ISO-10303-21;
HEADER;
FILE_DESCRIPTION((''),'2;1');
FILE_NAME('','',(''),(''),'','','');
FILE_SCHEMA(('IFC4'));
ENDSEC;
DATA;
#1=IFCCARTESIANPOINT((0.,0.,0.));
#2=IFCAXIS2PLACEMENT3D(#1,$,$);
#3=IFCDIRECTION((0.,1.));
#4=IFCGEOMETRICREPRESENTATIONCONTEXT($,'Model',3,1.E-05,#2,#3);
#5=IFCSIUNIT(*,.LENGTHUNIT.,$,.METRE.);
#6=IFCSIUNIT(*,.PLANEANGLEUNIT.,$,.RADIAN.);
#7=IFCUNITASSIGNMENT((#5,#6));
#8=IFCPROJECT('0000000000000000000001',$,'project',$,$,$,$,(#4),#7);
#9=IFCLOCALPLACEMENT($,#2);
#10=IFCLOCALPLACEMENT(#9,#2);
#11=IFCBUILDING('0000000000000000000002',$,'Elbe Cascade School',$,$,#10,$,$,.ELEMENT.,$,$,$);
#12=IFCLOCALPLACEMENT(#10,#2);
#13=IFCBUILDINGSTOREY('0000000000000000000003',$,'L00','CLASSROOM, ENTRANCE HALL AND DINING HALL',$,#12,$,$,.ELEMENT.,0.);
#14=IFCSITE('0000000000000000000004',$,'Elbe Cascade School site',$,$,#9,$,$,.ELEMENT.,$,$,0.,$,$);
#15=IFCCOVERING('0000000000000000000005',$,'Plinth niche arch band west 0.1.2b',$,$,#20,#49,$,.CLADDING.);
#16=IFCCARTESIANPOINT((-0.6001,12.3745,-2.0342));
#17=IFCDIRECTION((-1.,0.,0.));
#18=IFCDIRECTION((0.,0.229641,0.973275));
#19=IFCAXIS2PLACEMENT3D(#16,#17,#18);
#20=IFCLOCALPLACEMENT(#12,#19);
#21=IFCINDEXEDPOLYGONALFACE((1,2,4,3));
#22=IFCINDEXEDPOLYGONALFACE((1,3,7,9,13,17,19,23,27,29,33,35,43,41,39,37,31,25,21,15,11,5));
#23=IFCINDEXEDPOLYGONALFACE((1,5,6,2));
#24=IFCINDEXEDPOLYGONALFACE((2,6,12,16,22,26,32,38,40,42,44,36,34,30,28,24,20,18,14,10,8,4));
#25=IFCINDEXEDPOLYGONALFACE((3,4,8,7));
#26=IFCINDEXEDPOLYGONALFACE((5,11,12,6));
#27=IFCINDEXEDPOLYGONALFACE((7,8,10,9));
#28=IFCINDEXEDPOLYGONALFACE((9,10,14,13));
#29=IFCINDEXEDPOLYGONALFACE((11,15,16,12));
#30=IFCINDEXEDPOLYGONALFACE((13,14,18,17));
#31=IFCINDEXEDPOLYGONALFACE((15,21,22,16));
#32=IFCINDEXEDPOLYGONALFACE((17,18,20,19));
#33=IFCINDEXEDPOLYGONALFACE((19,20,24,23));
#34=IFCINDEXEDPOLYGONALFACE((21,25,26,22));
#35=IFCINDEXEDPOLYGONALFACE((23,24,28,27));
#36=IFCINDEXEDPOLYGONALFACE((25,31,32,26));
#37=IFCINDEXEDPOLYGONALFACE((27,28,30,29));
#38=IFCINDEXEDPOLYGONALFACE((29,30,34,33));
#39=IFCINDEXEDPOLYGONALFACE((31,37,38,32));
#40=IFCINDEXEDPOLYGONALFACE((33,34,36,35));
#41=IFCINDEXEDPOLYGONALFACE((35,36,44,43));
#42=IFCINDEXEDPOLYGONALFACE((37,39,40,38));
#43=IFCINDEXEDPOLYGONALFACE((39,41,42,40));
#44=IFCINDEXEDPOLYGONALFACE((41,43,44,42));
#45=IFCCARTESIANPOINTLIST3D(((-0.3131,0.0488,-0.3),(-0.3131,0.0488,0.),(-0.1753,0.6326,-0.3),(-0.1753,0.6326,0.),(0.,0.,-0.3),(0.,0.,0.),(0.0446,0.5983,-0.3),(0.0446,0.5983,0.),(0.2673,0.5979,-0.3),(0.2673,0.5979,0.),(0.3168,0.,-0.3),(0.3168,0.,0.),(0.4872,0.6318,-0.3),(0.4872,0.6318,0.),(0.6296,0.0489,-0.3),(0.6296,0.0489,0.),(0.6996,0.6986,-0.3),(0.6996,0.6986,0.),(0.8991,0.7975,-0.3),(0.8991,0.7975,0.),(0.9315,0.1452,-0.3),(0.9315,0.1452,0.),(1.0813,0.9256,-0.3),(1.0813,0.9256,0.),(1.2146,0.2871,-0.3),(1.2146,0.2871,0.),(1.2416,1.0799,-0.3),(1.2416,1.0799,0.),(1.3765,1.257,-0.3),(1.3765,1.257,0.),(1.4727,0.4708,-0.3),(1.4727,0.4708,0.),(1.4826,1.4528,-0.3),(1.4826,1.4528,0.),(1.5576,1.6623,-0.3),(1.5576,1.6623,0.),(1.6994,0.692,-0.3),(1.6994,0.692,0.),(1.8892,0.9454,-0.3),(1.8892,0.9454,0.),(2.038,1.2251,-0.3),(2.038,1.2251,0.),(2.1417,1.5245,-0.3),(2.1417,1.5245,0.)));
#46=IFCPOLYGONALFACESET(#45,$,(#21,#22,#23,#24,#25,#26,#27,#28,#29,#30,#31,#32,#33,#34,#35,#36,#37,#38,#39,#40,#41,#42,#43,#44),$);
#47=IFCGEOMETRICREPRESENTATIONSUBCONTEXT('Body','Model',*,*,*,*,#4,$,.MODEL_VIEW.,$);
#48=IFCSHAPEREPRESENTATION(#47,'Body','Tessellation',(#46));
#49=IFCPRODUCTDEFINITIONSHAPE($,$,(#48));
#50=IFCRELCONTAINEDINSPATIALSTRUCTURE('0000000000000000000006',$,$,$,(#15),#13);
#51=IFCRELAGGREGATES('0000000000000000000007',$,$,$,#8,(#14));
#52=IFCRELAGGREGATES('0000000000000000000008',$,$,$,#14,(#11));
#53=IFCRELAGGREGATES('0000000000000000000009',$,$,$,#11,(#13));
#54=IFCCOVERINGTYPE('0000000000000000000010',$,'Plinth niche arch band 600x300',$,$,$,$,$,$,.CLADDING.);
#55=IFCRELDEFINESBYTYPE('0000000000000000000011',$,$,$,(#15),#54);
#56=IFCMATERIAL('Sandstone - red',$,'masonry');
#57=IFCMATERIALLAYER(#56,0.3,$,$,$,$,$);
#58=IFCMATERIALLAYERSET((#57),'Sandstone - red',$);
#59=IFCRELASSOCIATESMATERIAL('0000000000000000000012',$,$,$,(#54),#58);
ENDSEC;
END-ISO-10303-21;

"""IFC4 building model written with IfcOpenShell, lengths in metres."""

from ifc_helpers import new_model, si_unit, direction, frame, origin, place, context, subcontext, project, spatial, polyline, outline, extrude, material, layer, layer_set, type_object, element, save


model = new_model("IFC4")

# Units and contexts
model_context = context("Model", 3, precision=1e-05, world=origin(), true_north=direction((0.0, 1.0)))
body_context = subcontext(model_context, "Body", "Model", "MODEL_VIEW")
ifc_project = project(units=[si_unit("LENGTHUNIT", "METRE"), si_unit("PLANEANGLEUNIT", "RADIAN")], contexts=[model_context])

# Site, building, storey
site_placement = place(None, origin())
site = spatial("IfcSite", under=ifc_project, at=site_placement, Name="Elbe Cascade School site", CompositionType="ELEMENT", RefElevation=0.0)
building_placement = place(site_placement, origin())
building = spatial("IfcBuilding", under=site, at=building_placement, Name="Elbe Cascade School", CompositionType="ELEMENT")
storey_placement = place(building_placement, origin())
storey = spatial("IfcBuildingStorey", under=building, at=storey_placement, Name="L00", Description="CLASSROOM, ENTRANCE HALL AND DINING HALL", CompositionType="ELEMENT", Elevation=0.0)

# Covering
ifc_material_1 = material(Name="Sandstone - red", Category="masonry")
ifc_layer_1 = layer(ifc_material_1, 0.3)
ifc_layer_set_1 = layer_set([ifc_layer_1], Name="Sandstone - red")
covering_type = type_object("IfcCoveringType", Name="Plinth niche arch band 600x300", PredefinedType="CLADDING", material=ifc_layer_set_1)
covering_1_placement = place(storey_placement, frame((-0.6001, 12.3745, -2.0342), z_axis=(-1.0, 0.0, 0.0), x_axis=(0.0, 0.229641, 0.973275)))
element("IfcCovering", 1, at=covering_1_placement, inside=storey, type_object=covering_type, Name="Plinth niche arch band west 0.1.2b", PredefinedType="CLADDING", context=body_context, shape_type="SweptSolid", body=[
    extrude(outline(polyline([(0.0, 0.0), (0.3168, 0.0), (0.6296, 0.0489), (0.9315, 0.1452), (1.2146, 0.2871), (1.4727, 0.4708), (1.6994, 0.692), (1.8892, 0.9454), (2.038, 1.2251), (2.1417, 1.5245), (1.5576, 1.6623), (1.4826, 1.4528), (1.3765, 1.257), (1.2416, 1.0799), (1.0813, 0.9256), (0.8991, 0.7975), (0.6996, 0.6986), (0.4872, 0.6318), (0.2673, 0.5979), (0.0446, 0.5983), (-0.1753, 0.6326), (-0.3131, 0.0488), (0.0, 0.0)])), origin(), (0.0, 0.0, -1.0), 0.3),
])

save(model, "model.ifc")
